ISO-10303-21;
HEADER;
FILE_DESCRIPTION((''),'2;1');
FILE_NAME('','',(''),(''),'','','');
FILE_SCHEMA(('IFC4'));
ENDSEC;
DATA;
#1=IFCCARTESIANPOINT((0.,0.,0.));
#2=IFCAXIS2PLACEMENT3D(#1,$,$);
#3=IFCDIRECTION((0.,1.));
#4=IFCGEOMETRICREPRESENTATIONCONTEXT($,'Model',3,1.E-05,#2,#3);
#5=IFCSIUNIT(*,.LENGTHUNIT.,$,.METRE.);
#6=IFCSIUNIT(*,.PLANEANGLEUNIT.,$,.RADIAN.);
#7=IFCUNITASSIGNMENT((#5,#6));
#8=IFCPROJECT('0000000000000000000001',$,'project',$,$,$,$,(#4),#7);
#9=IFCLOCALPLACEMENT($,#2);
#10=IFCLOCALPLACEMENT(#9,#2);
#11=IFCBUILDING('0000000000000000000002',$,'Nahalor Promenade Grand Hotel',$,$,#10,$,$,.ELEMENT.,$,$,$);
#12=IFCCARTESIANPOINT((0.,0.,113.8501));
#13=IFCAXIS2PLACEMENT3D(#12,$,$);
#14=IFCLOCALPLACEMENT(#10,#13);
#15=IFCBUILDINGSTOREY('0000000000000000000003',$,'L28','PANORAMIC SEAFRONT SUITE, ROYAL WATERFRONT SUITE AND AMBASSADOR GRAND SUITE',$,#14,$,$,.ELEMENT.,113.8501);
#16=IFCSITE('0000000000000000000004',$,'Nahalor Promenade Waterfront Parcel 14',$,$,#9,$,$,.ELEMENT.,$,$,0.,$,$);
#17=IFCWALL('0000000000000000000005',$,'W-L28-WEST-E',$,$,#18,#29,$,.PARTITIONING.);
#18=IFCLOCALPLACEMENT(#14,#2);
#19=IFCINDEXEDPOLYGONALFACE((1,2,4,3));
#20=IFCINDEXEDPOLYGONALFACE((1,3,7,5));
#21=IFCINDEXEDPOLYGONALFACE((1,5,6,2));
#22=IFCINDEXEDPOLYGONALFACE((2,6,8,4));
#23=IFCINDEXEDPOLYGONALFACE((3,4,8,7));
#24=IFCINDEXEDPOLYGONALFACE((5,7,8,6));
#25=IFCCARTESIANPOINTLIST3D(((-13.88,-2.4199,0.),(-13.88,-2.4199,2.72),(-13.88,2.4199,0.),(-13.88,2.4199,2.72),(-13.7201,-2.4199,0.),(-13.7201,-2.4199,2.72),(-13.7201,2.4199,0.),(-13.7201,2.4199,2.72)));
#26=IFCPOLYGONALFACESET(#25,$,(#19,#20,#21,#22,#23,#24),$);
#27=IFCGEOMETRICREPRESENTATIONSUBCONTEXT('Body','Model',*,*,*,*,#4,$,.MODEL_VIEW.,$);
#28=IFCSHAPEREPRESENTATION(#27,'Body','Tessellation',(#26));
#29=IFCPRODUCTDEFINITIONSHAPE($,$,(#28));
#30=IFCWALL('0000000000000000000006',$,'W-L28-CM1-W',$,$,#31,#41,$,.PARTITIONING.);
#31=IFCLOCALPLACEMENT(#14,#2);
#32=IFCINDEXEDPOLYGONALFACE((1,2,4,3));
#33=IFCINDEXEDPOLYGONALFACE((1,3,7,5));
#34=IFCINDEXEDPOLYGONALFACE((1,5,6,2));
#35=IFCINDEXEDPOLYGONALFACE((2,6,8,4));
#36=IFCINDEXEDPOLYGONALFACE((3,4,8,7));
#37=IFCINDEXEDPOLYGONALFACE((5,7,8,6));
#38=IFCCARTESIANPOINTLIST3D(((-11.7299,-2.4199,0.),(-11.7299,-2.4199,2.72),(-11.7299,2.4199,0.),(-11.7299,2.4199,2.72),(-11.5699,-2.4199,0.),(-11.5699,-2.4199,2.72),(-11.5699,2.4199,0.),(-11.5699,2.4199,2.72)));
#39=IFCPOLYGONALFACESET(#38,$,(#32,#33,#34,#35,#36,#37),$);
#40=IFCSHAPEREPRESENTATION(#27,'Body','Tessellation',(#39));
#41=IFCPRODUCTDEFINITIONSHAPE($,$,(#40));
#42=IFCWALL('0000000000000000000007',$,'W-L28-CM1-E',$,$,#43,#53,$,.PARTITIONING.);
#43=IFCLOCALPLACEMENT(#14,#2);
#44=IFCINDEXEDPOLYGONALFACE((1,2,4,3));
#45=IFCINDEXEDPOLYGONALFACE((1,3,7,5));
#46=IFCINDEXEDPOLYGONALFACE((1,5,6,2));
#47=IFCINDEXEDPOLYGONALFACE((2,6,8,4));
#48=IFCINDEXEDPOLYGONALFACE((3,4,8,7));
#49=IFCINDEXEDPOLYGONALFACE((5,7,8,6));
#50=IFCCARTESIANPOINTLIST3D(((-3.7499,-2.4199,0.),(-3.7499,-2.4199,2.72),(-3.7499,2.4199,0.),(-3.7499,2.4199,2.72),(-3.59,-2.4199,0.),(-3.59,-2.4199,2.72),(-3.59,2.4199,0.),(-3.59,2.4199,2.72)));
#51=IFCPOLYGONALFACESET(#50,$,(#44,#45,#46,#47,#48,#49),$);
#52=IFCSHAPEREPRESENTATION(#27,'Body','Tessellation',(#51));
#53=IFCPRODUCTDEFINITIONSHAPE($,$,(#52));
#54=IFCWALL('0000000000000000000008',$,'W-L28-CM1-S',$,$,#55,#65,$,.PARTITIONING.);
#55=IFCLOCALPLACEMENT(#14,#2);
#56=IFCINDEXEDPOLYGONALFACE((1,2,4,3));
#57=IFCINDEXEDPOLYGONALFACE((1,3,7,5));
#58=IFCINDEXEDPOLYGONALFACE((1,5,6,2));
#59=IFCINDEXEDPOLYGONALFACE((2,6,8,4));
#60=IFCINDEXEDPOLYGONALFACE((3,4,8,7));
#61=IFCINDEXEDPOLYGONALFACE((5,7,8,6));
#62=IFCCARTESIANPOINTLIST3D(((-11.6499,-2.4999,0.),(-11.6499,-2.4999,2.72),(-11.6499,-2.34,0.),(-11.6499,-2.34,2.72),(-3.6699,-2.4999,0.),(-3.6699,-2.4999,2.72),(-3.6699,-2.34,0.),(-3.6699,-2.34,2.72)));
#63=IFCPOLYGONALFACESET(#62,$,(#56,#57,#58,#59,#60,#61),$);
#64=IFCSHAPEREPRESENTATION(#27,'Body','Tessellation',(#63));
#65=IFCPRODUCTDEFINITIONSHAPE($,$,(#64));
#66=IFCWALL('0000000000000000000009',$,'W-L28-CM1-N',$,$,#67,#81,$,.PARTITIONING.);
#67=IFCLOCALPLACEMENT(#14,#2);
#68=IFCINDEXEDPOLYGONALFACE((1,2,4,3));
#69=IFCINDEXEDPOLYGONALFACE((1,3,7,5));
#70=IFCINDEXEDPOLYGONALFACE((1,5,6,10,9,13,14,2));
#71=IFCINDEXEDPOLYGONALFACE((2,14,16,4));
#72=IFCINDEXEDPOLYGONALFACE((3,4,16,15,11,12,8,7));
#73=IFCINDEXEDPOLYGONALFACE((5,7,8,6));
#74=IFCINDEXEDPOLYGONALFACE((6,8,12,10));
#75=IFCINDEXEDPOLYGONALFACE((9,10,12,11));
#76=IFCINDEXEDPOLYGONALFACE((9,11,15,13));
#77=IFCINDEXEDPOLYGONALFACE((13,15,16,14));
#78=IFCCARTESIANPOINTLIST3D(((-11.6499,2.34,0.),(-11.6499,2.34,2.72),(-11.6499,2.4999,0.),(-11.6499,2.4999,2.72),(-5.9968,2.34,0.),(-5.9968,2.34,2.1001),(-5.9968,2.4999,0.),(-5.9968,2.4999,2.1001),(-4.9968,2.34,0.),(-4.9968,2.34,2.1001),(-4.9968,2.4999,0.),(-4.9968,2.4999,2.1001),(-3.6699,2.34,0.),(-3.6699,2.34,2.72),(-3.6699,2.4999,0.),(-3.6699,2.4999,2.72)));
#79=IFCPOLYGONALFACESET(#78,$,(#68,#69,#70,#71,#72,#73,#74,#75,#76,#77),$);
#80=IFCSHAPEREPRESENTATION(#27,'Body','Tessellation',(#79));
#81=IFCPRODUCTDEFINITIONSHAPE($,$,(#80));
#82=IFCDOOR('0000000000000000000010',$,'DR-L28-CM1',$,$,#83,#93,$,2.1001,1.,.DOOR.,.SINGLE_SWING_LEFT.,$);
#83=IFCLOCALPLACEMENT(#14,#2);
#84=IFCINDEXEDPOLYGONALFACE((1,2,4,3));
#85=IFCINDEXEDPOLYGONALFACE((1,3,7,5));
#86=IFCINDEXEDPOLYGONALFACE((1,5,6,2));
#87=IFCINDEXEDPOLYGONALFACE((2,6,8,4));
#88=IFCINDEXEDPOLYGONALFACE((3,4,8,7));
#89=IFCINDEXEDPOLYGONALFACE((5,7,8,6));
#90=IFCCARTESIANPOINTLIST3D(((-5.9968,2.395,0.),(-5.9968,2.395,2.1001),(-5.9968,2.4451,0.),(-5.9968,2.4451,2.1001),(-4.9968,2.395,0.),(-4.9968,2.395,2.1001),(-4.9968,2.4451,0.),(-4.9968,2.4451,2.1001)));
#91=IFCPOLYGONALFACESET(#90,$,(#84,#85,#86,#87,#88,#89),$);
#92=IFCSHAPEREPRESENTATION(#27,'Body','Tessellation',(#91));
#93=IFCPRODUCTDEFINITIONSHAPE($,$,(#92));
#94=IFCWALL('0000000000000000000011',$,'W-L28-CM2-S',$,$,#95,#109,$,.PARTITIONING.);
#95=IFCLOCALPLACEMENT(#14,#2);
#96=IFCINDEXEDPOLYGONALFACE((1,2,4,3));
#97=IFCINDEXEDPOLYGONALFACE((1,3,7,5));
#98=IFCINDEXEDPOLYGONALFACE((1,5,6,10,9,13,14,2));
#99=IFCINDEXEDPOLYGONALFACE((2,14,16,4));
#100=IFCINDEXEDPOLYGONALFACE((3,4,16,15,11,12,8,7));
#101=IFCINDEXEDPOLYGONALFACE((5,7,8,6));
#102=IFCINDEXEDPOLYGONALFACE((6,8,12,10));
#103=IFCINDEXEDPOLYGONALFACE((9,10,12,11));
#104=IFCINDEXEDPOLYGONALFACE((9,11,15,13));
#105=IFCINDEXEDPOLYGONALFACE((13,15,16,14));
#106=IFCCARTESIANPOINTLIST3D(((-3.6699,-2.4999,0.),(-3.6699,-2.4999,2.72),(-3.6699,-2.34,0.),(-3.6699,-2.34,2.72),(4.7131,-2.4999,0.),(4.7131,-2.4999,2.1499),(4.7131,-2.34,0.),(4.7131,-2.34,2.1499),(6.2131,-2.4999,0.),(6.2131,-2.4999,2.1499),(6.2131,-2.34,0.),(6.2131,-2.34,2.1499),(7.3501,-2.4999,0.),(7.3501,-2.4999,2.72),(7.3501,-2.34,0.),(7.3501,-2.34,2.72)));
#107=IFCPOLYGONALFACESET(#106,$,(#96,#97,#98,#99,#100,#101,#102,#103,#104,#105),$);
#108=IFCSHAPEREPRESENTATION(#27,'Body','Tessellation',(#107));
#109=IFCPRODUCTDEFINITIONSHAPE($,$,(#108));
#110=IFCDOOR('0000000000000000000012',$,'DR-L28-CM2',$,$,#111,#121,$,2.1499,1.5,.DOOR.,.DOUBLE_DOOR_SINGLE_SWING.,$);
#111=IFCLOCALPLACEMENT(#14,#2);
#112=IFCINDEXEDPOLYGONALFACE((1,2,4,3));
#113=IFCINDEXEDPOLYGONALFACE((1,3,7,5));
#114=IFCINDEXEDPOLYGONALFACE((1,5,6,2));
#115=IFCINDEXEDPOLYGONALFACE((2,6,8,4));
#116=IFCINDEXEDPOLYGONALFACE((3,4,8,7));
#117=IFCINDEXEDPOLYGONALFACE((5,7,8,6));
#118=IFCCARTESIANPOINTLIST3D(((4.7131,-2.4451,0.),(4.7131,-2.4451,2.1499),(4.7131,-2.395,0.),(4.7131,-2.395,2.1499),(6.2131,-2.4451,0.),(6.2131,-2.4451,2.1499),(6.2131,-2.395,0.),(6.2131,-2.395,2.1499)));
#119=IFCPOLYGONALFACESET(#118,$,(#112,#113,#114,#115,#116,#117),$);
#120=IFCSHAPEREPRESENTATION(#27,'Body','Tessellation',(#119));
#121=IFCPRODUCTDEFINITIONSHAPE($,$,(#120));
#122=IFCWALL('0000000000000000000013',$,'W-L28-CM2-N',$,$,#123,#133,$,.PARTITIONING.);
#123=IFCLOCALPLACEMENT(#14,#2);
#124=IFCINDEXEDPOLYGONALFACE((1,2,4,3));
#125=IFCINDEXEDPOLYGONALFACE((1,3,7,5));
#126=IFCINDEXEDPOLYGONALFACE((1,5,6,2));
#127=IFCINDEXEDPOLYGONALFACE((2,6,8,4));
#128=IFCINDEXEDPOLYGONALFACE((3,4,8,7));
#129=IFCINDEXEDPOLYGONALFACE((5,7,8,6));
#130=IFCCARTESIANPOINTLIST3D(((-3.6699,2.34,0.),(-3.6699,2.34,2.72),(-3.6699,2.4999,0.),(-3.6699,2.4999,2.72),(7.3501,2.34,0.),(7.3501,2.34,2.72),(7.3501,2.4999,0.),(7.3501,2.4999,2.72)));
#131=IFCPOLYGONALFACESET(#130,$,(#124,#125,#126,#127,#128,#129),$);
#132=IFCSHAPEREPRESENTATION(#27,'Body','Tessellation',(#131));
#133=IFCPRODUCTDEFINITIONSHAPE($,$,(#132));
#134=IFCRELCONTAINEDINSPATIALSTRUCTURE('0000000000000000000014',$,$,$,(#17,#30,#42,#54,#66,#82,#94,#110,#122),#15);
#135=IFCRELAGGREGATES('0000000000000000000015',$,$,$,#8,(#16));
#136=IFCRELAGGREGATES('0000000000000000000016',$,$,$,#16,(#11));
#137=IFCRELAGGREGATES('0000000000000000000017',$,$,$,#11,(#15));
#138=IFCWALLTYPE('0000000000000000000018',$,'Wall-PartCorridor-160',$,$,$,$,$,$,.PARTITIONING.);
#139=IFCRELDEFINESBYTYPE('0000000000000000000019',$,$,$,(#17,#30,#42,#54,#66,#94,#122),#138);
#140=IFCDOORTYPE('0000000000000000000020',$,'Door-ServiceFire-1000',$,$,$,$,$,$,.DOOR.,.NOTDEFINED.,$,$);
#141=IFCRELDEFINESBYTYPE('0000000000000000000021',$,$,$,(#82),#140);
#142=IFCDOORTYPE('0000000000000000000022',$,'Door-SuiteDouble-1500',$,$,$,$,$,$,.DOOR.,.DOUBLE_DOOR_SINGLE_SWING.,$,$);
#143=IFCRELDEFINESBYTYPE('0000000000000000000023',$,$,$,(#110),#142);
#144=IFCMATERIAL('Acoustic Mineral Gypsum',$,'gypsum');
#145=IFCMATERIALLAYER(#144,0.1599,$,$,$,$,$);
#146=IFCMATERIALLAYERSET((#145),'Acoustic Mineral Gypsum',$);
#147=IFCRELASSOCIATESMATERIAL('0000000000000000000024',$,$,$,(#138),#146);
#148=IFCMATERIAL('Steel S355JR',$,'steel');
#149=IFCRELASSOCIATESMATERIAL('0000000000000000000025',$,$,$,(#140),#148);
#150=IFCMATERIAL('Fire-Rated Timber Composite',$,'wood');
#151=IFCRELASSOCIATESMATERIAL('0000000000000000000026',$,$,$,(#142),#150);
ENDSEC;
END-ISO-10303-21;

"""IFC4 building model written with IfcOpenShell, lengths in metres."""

from ifc_helpers import new_model, si_unit, direction, frame, frame_2d, origin, place, context, subcontext, project, spatial, rectangle, extrude, source, transform, mapped, material, layer, layer_set, type_object, element, fill, save


model = new_model("IFC4")

# Units and contexts
model_context = context("Model", 3, precision=1e-05, world=origin(), true_north=direction((0.0, 1.0)))
body_context = subcontext(model_context, "Body", "Model", "MODEL_VIEW")
ifc_project = project(units=[si_unit("LENGTHUNIT", "METRE"), si_unit("PLANEANGLEUNIT", "RADIAN")], contexts=[model_context])

# Site, building, storey
site_placement = place(None, origin())
site = spatial("IfcSite", under=ifc_project, at=site_placement, Name="Nahalor Promenade Waterfront Parcel 14", CompositionType="ELEMENT", RefElevation=0.0)
building_placement = place(site_placement, origin())
building = spatial("IfcBuilding", under=site, at=building_placement, Name="Nahalor Promenade Grand Hotel", CompositionType="ELEMENT")
storey_placement = place(building_placement, frame((0.0, 0.0, 113.8501)))
storey = spatial("IfcBuildingStorey", under=building, at=storey_placement, Name="L28", Description="PANORAMIC SEAFRONT SUITE, ROYAL WATERFRONT SUITE AND AMBASSADOR GRAND SUITE", CompositionType="ELEMENT", Elevation=113.8501)

# Shared definitions
ifc_material_1 = material(Name="Steel S355JR", Category="steel")

# Walls
ifc_material_2 = material(Name="Acoustic Mineral Gypsum", Category="gypsum")
ifc_layer_1 = layer(ifc_material_2, 0.1599)
ifc_layer_set_1 = layer_set([ifc_layer_1], Name="Acoustic Mineral Gypsum")
wall_type_1 = type_object("IfcWallType", Name="Wall-PartCorridor-160", PredefinedType="PARTITIONING", material=ifc_layer_set_1)
shared_shape_1 = source(origin(), body_context, "Body", "SweptSolid", [
    extrude(rectangle(XDim=4.8398, YDim=0.1599, at=frame_2d((2.4199, 0.0))), origin(), (0.0, 0.0, 1.0), 2.72),
])
for number, where, z_axis, x_axis, name in (
    (1, (-13.8, -2.4199, 0.0), (0.0, 0.0, 1.0), (0.0, 1.0, 0.0), "W-L28-WEST-E"),
    (2, (-11.6499, -2.4199, 0.0), (0.0, 0.0, 1.0), (0.0, 1.0, 0.0), "W-L28-CM1-W"),
    (3, (-3.6699, -2.4199, 0.0), (0.0, 0.0, 1.0), (0.0, 1.0, 0.0), "W-L28-CM1-E"),
):
    element("IfcWall", number, at=place(storey_placement, frame(where, z_axis=z_axis, x_axis=x_axis)), inside=storey, type_object=wall_type_1, Name=name, PredefinedType="PARTITIONING", context=body_context, shape_type="MappedRepresentation", body=[
        mapped(shared_shape_1, transform((0.0, 0.0, 0.0), scale=1.0)),
    ])
shared_shape_2 = source(origin(), body_context, "Body", "SweptSolid", [
    extrude(rectangle(XDim=7.98, YDim=0.1599, at=frame_2d((3.99, 0.0))), origin(), (0.0, 0.0, 1.0), 2.72),
])
wall_1_placement = place(storey_placement, frame((-11.6499, -2.4199, 0.0), z_axis=(0.0, 0.0, 1.0), x_axis=(1.0, 0.0, 0.0)))
element("IfcWall", 4, at=wall_1_placement, inside=storey, type_object=wall_type_1, Name="W-L28-CM1-S", PredefinedType="PARTITIONING", context=body_context, shape_type="MappedRepresentation", body=[
    mapped(shared_shape_2, transform((0.0, 0.0, 0.0), scale=1.0)),
])

# Walls, openings, doors
wall_2_placement = place(storey_placement, frame((-11.6499, 2.4199, 0.0), z_axis=(0.0, 0.0, 1.0), x_axis=(1.0, 0.0, 0.0)))
wall_2 = element("IfcWall", 5, at=wall_2_placement, inside=storey, type_object=wall_type_1, Name="W-L28-CM1-N", PredefinedType="PARTITIONING", context=body_context, shape_type="MappedRepresentation", body=[
    mapped(shared_shape_2, transform((0.0, 0.0, 0.0), scale=1.0)),
])
opening_1_placement = place(wall_2_placement, frame((5.6531, 0.0, 0.0)))
opening_1 = element("IfcOpeningElement", 6, at=opening_1_placement, cuts=wall_2, PredefinedType="OPENING", context=body_context, shape_type="SweptSolid", body=[
    extrude(rectangle(XDim=1.0, YDim=2.1001, at=frame_2d((0.5, 1.05))), frame((0.0, 0.0898, 0.0), z_axis=(0.0, -1.0, 0.0), x_axis=(1.0, 0.0, 0.0)), (0.0, 0.0, 1.0), 0.1799),
])
door_type_1 = type_object("IfcDoorType", Name="Door-ServiceFire-1000", OperationType="NOTDEFINED", PredefinedType="DOOR", material=ifc_material_1)
shared_shape_3 = source(origin(), body_context, "Body", "SweptSolid", [
    extrude(rectangle(XDim=1.0, YDim=2.1001, at=frame_2d((0.5, 1.05))), frame((0.0, 0.0249, 0.0), z_axis=(0.0, -1.0, 0.0), x_axis=(1.0, 0.0, 0.0)), (0.0, 0.0, 1.0), 0.05),
])
door_1_placement = place(opening_1_placement, frame((1.0, 0.0, 0.0), z_axis=(0.0, 0.0, 1.0), x_axis=(-1.0, 0.0, 0.0)))
door_1 = element("IfcDoor", 7, at=door_1_placement, inside=storey, type_object=door_type_1, Name="DR-L28-CM1", OperationType="SINGLE_SWING_LEFT", OverallHeight=2.1001, OverallWidth=1.0, PredefinedType="DOOR", context=body_context, shape_type="MappedRepresentation", body=[
    mapped(shared_shape_3, transform((0.0, 0.0, 0.0), scale=1.0)),
])
fill(opening_1, door_1)
shared_shape_4 = source(origin(), body_context, "Body", "SweptSolid", [
    extrude(rectangle(XDim=11.02, YDim=0.1599, at=frame_2d((5.51, 0.0))), origin(), (0.0, 0.0, 1.0), 2.72),
])
wall_3_placement = place(storey_placement, frame((-3.6699, -2.4199, 0.0), z_axis=(0.0, 0.0, 1.0), x_axis=(1.0, 0.0, 0.0)))
wall_3 = element("IfcWall", 8, at=wall_3_placement, inside=storey, type_object=wall_type_1, Name="W-L28-CM2-S", PredefinedType="PARTITIONING", context=body_context, shape_type="MappedRepresentation", body=[
    mapped(shared_shape_4, transform((0.0, 0.0, 0.0), scale=1.0)),
])
opening_2_placement = place(wall_3_placement, frame((8.3831, 0.0, 0.0)))
opening_2 = element("IfcOpeningElement", 9, at=opening_2_placement, cuts=wall_3, PredefinedType="OPENING", context=body_context, shape_type="SweptSolid", body=[
    extrude(rectangle(XDim=1.5, YDim=2.1499, at=frame_2d((0.75, 1.075))), frame((0.0, 0.0898, 0.0), z_axis=(0.0, -1.0, 0.0), x_axis=(1.0, 0.0, 0.0)), (0.0, 0.0, 1.0), 0.1799),
])
ifc_material_3 = material(Name="Fire-Rated Timber Composite", Category="wood")
door_type_2 = type_object("IfcDoorType", Name="Door-SuiteDouble-1500", OperationType="DOUBLE_DOOR_SINGLE_SWING", PredefinedType="DOOR", material=ifc_material_3)
shared_shape_5 = source(origin(), body_context, "Body", "SweptSolid", [
    extrude(rectangle(XDim=1.5, YDim=2.1499, at=frame_2d((0.75, 1.075))), frame((0.0, 0.0249, 0.0), z_axis=(0.0, -1.0, 0.0), x_axis=(1.0, 0.0, 0.0)), (0.0, 0.0, 1.0), 0.05),
])
door_2_placement = place(opening_2_placement, origin())
door_2 = element("IfcDoor", 10, at=door_2_placement, inside=storey, type_object=door_type_2, Name="DR-L28-CM2", OperationType="DOUBLE_DOOR_SINGLE_SWING", OverallHeight=2.1499, OverallWidth=1.5, PredefinedType="DOOR", context=body_context, shape_type="MappedRepresentation", body=[
    mapped(shared_shape_5, transform((0.0, 0.0, 0.0), scale=1.0)),
])
fill(opening_2, door_2)

# Wall
wall_4_placement = place(storey_placement, frame((-3.6699, 2.4199, 0.0), z_axis=(0.0, 0.0, 1.0), x_axis=(1.0, 0.0, 0.0)))
element("IfcWall", 11, at=wall_4_placement, inside=storey, type_object=wall_type_1, Name="W-L28-CM2-N", PredefinedType="PARTITIONING", context=body_context, shape_type="MappedRepresentation", body=[
    mapped(shared_shape_4, transform((0.0, 0.0, 0.0), scale=1.0)),
])

save(model, "model.ifc")
